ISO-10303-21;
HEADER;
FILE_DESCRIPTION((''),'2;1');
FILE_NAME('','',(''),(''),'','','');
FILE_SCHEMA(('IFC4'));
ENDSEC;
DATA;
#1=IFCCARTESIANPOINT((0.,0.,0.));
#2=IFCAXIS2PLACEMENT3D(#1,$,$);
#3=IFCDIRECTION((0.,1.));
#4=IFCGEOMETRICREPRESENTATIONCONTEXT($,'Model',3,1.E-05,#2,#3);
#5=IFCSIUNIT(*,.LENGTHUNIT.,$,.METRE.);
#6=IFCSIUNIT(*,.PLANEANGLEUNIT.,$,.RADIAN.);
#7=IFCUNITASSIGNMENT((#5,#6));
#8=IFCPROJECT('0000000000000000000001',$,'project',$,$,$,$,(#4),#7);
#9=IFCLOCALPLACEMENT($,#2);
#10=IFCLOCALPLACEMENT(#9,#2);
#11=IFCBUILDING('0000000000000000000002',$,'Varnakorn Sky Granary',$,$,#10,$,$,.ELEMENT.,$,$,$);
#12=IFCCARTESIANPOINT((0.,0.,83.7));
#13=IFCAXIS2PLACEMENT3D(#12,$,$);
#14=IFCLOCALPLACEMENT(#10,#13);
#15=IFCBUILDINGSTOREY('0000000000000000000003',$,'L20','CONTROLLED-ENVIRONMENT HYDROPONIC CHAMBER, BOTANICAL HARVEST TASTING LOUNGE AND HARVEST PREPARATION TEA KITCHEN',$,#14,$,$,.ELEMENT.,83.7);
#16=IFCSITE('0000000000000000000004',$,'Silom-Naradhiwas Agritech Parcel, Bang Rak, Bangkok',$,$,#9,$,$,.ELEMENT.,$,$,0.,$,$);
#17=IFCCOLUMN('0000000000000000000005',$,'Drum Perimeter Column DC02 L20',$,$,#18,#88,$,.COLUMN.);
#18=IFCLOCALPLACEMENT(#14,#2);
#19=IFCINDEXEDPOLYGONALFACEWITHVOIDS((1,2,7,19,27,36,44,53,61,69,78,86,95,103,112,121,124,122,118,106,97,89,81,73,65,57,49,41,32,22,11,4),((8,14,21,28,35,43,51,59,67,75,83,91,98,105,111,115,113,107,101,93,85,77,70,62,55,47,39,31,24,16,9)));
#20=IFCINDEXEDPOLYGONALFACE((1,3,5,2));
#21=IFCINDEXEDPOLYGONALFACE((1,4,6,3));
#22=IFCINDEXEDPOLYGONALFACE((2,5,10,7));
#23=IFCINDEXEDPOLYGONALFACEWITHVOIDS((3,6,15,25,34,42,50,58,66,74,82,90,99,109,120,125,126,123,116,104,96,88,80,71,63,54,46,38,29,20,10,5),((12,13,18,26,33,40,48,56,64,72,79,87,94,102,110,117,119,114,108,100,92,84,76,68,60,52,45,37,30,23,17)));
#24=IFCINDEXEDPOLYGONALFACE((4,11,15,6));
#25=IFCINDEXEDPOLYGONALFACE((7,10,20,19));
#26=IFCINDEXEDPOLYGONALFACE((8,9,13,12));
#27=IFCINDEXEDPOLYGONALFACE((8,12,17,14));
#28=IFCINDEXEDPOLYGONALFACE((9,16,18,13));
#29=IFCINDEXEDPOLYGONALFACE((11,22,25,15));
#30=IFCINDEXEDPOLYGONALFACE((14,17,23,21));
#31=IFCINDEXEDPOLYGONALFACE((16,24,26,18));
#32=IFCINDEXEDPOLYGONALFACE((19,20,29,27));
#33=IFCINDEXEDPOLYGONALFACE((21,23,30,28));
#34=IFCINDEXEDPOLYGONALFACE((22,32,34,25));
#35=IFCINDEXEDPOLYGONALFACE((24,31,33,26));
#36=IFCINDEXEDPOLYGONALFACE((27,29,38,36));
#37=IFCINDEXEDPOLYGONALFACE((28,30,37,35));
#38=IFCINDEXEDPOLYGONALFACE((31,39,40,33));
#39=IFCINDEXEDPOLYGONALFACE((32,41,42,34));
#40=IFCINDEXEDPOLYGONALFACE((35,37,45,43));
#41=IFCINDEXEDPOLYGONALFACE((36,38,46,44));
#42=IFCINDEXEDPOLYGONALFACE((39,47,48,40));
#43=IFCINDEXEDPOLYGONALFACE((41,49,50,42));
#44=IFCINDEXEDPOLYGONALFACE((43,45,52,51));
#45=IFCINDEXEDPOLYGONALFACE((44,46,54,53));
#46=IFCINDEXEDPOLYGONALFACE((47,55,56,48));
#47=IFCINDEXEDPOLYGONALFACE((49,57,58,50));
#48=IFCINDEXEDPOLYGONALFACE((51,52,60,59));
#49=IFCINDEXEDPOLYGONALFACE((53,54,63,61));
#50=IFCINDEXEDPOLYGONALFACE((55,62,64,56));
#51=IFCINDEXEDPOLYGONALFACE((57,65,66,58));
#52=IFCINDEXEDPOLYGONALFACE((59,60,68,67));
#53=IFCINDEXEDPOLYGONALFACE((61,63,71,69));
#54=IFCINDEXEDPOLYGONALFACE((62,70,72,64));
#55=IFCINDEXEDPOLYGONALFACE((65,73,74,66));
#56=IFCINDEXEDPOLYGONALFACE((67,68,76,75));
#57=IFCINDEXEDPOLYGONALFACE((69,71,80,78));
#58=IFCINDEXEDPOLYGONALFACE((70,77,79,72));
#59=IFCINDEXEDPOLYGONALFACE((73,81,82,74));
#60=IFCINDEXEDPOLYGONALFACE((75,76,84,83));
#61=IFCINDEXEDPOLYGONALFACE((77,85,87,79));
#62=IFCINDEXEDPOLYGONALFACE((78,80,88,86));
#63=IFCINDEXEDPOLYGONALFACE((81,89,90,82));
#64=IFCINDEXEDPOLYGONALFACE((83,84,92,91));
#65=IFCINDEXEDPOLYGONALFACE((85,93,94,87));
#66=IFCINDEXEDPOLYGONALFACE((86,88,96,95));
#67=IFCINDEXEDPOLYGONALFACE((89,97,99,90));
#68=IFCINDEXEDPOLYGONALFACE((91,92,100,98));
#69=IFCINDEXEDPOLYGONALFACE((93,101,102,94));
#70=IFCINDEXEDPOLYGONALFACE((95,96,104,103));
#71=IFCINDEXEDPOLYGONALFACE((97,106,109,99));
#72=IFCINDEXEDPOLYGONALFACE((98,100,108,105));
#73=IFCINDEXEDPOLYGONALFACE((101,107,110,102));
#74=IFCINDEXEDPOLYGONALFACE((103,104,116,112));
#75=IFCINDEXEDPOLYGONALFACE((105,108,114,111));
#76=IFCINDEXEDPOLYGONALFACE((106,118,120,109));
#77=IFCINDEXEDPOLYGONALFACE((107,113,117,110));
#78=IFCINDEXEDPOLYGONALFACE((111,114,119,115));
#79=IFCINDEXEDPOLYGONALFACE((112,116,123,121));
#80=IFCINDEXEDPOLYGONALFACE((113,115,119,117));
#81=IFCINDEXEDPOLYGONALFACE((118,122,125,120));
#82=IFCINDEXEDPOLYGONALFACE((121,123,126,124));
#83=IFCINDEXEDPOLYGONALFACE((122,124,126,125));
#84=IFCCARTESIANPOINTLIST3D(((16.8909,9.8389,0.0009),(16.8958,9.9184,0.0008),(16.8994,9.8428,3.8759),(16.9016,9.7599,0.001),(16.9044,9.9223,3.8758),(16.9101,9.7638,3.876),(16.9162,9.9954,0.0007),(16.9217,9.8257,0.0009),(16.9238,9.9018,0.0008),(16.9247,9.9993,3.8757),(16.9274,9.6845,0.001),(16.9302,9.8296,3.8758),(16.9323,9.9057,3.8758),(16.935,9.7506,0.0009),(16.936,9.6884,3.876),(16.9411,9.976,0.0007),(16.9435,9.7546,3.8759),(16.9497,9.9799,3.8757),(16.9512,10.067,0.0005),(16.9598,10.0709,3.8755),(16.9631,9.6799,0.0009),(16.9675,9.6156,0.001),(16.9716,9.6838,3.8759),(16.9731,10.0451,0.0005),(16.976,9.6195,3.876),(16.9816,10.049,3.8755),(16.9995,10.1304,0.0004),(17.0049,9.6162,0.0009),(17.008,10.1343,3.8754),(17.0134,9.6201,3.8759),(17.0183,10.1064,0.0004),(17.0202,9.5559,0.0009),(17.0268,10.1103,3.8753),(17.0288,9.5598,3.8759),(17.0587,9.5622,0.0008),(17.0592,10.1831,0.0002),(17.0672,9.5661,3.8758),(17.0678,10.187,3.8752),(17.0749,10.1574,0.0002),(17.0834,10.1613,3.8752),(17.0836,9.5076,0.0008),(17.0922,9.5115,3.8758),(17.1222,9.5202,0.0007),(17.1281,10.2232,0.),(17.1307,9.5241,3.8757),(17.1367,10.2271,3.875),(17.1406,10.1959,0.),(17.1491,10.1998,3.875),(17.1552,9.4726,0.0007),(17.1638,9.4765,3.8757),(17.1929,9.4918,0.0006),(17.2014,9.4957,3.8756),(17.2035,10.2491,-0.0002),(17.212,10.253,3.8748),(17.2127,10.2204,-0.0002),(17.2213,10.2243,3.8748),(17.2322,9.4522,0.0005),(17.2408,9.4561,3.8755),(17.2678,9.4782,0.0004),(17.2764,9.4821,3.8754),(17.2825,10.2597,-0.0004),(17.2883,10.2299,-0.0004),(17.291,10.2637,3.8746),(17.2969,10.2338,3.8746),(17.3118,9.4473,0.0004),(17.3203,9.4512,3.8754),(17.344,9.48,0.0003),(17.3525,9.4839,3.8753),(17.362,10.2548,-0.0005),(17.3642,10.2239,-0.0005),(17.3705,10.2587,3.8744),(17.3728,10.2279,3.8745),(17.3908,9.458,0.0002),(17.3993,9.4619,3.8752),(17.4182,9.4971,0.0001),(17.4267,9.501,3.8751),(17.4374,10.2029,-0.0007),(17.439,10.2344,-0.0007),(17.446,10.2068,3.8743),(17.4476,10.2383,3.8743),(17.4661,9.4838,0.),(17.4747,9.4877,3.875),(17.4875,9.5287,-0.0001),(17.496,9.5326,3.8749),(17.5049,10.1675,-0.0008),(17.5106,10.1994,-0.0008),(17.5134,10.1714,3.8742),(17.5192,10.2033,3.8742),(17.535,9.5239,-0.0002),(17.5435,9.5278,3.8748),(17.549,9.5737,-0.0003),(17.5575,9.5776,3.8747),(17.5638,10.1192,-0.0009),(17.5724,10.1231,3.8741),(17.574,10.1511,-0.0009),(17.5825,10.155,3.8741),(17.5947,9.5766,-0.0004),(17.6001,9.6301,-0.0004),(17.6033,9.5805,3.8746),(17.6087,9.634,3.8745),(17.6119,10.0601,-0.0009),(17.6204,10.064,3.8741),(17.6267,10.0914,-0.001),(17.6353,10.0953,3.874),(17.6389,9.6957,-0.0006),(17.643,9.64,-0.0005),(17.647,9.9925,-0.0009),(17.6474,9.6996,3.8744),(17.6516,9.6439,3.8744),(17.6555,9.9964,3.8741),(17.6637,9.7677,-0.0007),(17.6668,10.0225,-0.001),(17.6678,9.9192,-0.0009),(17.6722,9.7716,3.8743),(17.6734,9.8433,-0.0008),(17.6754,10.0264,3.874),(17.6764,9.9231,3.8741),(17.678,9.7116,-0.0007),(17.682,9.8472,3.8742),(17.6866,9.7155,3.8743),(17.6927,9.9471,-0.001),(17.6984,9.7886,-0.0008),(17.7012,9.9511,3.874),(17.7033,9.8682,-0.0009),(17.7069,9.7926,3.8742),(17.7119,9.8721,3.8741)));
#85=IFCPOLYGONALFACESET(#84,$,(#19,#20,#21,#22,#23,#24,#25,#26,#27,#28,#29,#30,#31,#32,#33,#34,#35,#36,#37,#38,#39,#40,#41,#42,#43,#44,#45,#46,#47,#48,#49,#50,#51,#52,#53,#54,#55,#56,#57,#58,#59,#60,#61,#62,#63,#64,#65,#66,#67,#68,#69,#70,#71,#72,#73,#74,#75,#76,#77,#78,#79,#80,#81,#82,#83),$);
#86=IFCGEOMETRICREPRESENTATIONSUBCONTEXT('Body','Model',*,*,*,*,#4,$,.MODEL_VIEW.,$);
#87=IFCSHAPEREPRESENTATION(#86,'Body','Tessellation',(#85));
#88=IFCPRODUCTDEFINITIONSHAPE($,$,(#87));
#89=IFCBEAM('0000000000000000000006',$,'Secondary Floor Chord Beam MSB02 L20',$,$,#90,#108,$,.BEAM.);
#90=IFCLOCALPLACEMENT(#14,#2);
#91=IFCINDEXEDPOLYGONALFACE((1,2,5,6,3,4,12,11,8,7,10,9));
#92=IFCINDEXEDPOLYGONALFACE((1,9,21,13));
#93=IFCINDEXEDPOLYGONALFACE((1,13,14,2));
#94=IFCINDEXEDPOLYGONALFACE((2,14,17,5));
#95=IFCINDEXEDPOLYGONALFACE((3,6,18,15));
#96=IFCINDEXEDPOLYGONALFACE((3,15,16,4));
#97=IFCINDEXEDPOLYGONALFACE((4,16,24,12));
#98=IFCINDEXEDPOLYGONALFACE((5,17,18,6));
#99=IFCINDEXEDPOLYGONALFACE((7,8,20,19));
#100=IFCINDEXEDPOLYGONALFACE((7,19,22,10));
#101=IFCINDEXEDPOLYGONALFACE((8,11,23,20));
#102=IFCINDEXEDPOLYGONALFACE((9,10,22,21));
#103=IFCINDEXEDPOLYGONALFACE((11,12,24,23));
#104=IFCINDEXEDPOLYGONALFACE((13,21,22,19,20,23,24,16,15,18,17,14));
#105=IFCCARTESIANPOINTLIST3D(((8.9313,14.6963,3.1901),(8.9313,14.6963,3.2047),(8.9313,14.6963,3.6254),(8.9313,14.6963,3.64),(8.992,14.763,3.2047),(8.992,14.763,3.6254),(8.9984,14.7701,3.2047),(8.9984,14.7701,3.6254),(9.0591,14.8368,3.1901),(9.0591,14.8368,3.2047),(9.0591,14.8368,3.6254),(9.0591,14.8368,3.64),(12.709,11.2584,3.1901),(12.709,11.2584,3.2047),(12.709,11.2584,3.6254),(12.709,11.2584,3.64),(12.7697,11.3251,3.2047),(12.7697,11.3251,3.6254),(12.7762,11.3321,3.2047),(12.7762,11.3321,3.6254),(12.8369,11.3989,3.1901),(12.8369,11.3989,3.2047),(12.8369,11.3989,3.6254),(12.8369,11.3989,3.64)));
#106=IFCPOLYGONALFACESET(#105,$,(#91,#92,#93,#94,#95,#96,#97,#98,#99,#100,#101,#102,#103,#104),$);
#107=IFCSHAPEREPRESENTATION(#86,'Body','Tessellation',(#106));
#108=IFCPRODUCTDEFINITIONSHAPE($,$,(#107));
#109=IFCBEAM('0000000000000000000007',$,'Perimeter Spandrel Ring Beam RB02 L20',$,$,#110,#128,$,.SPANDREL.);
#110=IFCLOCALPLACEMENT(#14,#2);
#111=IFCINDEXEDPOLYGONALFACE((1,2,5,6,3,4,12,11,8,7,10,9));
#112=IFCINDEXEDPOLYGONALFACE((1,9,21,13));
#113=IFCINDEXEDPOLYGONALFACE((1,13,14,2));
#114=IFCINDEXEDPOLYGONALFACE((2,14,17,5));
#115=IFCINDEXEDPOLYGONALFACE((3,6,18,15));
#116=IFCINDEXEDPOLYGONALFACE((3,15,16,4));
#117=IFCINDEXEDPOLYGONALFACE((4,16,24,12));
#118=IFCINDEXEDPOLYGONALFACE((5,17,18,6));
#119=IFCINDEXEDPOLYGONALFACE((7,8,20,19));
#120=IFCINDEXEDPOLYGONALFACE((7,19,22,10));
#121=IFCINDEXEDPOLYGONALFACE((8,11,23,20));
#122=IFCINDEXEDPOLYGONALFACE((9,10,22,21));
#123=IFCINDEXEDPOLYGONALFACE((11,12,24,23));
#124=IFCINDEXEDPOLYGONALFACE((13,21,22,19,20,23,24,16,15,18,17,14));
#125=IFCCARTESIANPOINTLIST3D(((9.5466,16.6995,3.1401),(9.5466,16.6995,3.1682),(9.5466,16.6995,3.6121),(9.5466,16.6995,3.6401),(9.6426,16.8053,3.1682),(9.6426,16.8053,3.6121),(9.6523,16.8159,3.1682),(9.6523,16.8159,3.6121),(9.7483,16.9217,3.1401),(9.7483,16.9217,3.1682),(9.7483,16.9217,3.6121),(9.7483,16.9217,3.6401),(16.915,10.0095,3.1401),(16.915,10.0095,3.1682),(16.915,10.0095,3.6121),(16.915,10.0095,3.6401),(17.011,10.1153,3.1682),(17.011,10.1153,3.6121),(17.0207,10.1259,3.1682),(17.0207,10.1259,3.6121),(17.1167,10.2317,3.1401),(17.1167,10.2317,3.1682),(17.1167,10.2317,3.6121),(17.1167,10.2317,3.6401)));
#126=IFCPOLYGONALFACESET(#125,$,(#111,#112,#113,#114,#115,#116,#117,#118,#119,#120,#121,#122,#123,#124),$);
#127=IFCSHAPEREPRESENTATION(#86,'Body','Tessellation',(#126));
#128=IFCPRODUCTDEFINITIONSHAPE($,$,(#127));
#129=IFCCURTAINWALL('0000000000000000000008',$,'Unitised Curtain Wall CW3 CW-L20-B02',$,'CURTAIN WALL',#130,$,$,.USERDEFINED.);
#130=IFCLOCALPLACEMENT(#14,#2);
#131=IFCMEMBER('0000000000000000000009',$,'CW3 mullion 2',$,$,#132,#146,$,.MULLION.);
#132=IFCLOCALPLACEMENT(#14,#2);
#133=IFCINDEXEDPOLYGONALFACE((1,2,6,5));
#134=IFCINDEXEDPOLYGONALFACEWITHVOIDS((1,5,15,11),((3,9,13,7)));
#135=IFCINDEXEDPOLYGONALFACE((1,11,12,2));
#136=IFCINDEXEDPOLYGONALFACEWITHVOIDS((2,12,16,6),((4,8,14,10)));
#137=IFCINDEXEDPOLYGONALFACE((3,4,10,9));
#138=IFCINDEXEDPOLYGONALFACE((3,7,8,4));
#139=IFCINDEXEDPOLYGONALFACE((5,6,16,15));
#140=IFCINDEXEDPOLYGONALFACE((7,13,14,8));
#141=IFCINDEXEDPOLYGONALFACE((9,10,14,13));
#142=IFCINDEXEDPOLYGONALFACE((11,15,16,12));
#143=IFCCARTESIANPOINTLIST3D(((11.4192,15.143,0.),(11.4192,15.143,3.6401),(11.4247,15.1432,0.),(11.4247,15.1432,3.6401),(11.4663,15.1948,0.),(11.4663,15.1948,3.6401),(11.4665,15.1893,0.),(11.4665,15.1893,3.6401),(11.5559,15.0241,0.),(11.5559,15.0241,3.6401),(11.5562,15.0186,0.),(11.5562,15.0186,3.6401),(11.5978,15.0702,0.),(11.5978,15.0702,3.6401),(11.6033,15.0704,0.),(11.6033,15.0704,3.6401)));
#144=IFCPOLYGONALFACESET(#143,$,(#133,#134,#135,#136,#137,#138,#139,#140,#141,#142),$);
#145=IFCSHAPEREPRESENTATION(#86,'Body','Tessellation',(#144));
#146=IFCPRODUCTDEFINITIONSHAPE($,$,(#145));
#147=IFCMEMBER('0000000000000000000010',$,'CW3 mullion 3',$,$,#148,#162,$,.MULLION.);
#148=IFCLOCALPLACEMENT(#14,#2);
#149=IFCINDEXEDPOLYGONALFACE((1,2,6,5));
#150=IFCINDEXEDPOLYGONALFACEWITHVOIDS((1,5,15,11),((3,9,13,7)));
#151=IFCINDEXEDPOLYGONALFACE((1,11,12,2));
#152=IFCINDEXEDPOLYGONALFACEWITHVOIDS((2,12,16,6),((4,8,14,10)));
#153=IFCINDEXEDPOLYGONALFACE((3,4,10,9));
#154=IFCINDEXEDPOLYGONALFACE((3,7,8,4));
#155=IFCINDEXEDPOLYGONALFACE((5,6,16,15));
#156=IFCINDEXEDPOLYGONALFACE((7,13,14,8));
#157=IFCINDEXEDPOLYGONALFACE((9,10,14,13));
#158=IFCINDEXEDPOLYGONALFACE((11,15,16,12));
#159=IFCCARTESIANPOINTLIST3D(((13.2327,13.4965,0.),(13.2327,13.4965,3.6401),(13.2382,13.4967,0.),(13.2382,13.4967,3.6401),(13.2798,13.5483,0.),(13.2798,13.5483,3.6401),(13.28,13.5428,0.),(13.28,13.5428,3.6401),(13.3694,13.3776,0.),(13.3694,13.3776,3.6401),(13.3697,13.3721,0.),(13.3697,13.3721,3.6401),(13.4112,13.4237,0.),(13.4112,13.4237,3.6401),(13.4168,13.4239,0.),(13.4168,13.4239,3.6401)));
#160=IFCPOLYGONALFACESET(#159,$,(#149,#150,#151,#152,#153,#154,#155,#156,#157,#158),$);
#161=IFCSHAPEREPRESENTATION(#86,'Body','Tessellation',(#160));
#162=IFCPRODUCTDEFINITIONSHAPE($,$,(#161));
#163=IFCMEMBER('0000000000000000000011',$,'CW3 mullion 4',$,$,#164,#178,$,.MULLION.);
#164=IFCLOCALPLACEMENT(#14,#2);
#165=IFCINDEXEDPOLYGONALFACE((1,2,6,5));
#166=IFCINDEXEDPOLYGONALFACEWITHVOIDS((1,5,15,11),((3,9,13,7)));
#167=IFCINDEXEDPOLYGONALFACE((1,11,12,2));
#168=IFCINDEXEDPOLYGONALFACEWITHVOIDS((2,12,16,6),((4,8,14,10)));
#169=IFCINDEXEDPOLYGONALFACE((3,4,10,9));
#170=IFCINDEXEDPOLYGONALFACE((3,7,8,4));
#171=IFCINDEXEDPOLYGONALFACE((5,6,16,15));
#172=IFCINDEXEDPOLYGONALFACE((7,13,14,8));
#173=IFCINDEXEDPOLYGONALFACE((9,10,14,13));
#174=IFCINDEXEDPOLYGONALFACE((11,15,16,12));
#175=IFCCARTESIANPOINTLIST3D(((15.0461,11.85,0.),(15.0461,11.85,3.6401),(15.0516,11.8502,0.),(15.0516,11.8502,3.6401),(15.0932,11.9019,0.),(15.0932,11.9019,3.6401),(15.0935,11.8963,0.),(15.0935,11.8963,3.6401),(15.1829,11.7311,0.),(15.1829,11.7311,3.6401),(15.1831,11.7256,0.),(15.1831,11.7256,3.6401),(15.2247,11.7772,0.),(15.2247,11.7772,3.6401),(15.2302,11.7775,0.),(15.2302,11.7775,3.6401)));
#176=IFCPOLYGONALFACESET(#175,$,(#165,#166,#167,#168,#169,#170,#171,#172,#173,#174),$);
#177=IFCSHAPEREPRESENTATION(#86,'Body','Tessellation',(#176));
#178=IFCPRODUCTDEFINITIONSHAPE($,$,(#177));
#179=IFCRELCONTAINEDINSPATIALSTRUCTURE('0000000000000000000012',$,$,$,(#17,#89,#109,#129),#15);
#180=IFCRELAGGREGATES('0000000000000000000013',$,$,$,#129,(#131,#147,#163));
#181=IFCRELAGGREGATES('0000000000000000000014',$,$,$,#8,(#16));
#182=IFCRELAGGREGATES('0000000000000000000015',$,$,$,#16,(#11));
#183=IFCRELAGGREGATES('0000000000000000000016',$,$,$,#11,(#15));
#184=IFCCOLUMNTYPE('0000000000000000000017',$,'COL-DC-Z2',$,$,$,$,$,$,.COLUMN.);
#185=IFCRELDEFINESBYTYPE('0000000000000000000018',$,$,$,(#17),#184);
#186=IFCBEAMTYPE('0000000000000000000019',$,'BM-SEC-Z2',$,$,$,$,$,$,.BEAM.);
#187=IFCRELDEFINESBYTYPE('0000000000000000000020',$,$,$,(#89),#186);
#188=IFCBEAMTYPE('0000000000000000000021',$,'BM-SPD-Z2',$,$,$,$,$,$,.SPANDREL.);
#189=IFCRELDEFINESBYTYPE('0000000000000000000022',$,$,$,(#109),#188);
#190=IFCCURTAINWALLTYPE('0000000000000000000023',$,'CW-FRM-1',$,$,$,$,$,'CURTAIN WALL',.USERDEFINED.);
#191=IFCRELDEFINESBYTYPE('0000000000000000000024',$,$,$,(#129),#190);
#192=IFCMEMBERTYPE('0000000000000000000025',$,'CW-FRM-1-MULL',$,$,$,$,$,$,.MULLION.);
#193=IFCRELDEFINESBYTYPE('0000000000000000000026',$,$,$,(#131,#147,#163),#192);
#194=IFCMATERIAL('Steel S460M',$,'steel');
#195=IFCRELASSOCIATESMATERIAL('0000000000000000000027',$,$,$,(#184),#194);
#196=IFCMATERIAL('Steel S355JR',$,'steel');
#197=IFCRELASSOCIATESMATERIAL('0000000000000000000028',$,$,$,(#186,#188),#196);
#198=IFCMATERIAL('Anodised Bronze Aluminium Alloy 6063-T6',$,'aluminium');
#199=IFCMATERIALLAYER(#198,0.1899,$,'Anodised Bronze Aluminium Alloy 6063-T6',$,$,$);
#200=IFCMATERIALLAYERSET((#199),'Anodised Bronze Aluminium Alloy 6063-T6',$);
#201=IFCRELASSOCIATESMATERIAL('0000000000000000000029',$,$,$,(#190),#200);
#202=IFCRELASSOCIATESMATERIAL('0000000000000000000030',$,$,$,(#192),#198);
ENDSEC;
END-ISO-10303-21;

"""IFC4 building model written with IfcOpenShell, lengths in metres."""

from ifc_helpers import new_model, si_unit, direction, frame, origin, origin_2d, place, context, subcontext, project, spatial, hollow_rectangle, hollow_circle, i_section, extrude, material, layer, layer_set, material_profile, profile_set, type_object, element, aggregate, save


model = new_model("IFC4")

# Units and contexts
model_context = context("Model", 3, precision=1e-05, world=origin(), true_north=direction((0.0, 1.0)))
body_context = subcontext(model_context, "Body", "Model", "MODEL_VIEW")
ifc_project = project(units=[si_unit("LENGTHUNIT", "METRE"), si_unit("PLANEANGLEUNIT", "RADIAN")], contexts=[model_context])

# Site, building, storey
site_placement = place(None, origin())
site = spatial("IfcSite", under=ifc_project, at=site_placement, Name="Silom-Naradhiwas Agritech Parcel, Bang Rak, Bangkok", CompositionType="ELEMENT", RefElevation=0.0)
building_placement = place(site_placement, origin())
building = spatial("IfcBuilding", under=site, at=building_placement, Name="Varnakorn Sky Granary", CompositionType="ELEMENT")
storey_placement = place(building_placement, frame((0.0, 0.0, 83.7)))
storey = spatial("IfcBuildingStorey", under=building, at=storey_placement, Name="L20", Description="CONTROLLED-ENVIRONMENT HYDROPONIC CHAMBER, BOTANICAL HARVEST TASTING LOUNGE AND HARVEST PREPARATION TEA KITCHEN", CompositionType="ELEMENT", Elevation=83.7)

# Column
ifc_material_1 = material(Name="Steel S460M", Category="steel")
ifc_material_profile_1 = material_profile(ifc_material_1, hollow_circle(Radius=0.4065, WallThickness=0.03, at=origin_2d()), Name="CHS 813x30")
ifc_profile_set_1 = profile_set([ifc_material_profile_1], Name="Steel S460M")
column_type = type_object("IfcColumnType", Name="COL-DC-Z2", PredefinedType="COLUMN", material=ifc_profile_set_1)
column_placement = place(storey_placement, frame((17.2971, 9.8535, 0.0), z_axis=(0.002205, 0.001008, 0.999997), x_axis=(-0.41576, 0.909474, 0.0)))
element("IfcColumn", 1, at=column_placement, inside=storey, type_object=column_type, Name="Drum Perimeter Column DC02 L20", PredefinedType="COLUMN", context=body_context, shape_type="SweptSolid", body=[
    extrude(hollow_circle(Radius=0.4065, WallThickness=0.03, at=origin_2d()), origin(), (0.0, 0.0, 1.0), 3.875),
])

# Beams
ifc_material_2 = material(Name="Steel S355JR", Category="steel")
ifc_material_profile_2 = material_profile(ifc_material_2, i_section(OverallWidth=0.1899, OverallDepth=0.45, WebThickness=0.0095, FlangeThickness=0.0146, at=origin_2d()), Name="IPE 450")
ifc_profile_set_2 = profile_set([ifc_material_profile_2], Name="Steel S355JR")
beam_type_1 = type_object("IfcBeamType", Name="BM-SEC-Z2", PredefinedType="BEAM", material=ifc_profile_set_2)
beam_1_placement = place(storey_placement, frame((12.7729, 11.3286, 3.415), z_axis=(-0.73959, 0.673058, 0.0), x_axis=(-0.673058, -0.73959, 0.0)))
element("IfcBeam", 2, at=beam_1_placement, inside=storey, type_object=beam_type_1, Name="Secondary Floor Chord Beam MSB02 L20", PredefinedType="BEAM", context=body_context, shape_type="SweptSolid", body=[
    extrude(i_section(OverallWidth=0.1899, OverallDepth=0.45, WebThickness=0.0095, FlangeThickness=0.0146, at=origin_2d()), origin(), (0.0, 0.0, 1.0), 5.1079),
])
ifc_material_profile_3 = material_profile(ifc_material_2, i_section(OverallWidth=0.3, OverallDepth=0.5, WebThickness=0.0144, FlangeThickness=0.0281, at=origin_2d()), Name="HE 500 B")
ifc_profile_set_3 = profile_set([ifc_material_profile_3], Name="Steel S355JR")
beam_type_2 = type_object("IfcBeamType", Name="BM-SPD-Z2", PredefinedType="SPANDREL", material=ifc_profile_set_3)
beam_2_placement = place(storey_placement, frame((17.0159, 10.1206, 3.3901), z_axis=(-0.740371, 0.672199, 0.0), x_axis=(-0.672199, -0.740371, 0.0)))
element("IfcBeam", 3, at=beam_2_placement, inside=storey, type_object=beam_type_2, Name="Perimeter Spandrel Ring Beam RB02 L20", PredefinedType="SPANDREL", context=body_context, shape_type="SweptSolid", body=[
    extrude(i_section(OverallWidth=0.3, OverallDepth=0.5, WebThickness=0.0144, FlangeThickness=0.0281, at=origin_2d()), origin(), (0.0, 0.0, 1.0), 9.9524),
])

# Curtain wall, members
ifc_material_3 = material(Name="Anodised Bronze Aluminium Alloy 6063-T6", Category="aluminium")
ifc_layer_1 = layer(ifc_material_3, 0.1899, Name="Anodised Bronze Aluminium Alloy 6063-T6")
ifc_layer_set_1 = layer_set([ifc_layer_1], Name="Anodised Bronze Aluminium Alloy 6063-T6")
curtain_wall_type = type_object("IfcCurtainWallType", Name="CW-FRM-1", ElementType="CURTAIN WALL", PredefinedType="USERDEFINED", material=ifc_layer_set_1)
curtain_wall_placement = place(storey_placement, origin())
curtain_wall = element("IfcCurtainWall", 4, at=curtain_wall_placement, inside=storey, type_object=curtain_wall_type, Name="Unitised Curtain Wall CW3 CW-L20-B02", ObjectType="CURTAIN WALL", PredefinedType="USERDEFINED")
ifc_material_profile_4 = material_profile(ifc_material_3, hollow_rectangle(XDim=0.0701, YDim=0.1851, WallThickness=0.0039, at=origin_2d()), Name="ALU MULL 70x185")
ifc_profile_set_4 = profile_set([ifc_material_profile_4], Name="Anodised Bronze Aluminium Alloy 6063-T6")
member_type_1 = type_object("IfcMemberType", Name="CW-FRM-1-MULL", PredefinedType="MULLION", material=ifc_profile_set_4)
member_1_placement = place(storey_placement, frame((11.5112, 15.1067, 0.0), z_axis=(0.0, 0.0, 1.0), x_axis=(0.672211, 0.74036, 0.0)))
member_1 = element("IfcMember", 5, at=member_1_placement, type_object=member_type_1, Name="CW3 mullion 2", PredefinedType="MULLION", context=body_context, shape_type="SweptSolid", body=[
    extrude(hollow_rectangle(XDim=0.0701, YDim=0.1851, WallThickness=0.0039, at=origin_2d()), origin(), (0.0, 0.0, 1.0), 3.6401),
])
member_2_placement = place(storey_placement, frame((13.3247, 13.4602, 0.0), z_axis=(0.0, 0.0, 1.0), x_axis=(0.672211, 0.74036, 0.0)))
member_2 = element("IfcMember", 6, at=member_2_placement, type_object=member_type_1, Name="CW3 mullion 3", PredefinedType="MULLION", context=body_context, shape_type="SweptSolid", body=[
    extrude(hollow_rectangle(XDim=0.0701, YDim=0.1851, WallThickness=0.0039, at=origin_2d()), origin(), (0.0, 0.0, 1.0), 3.6401),
])
member_3_placement = place(storey_placement, frame((15.1382, 11.8137, 0.0), z_axis=(0.0, 0.0, 1.0), x_axis=(0.672211, 0.74036, 0.0)))
member_3 = element("IfcMember", 7, at=member_3_placement, type_object=member_type_1, Name="CW3 mullion 4", PredefinedType="MULLION", context=body_context, shape_type="SweptSolid", body=[
    extrude(hollow_rectangle(XDim=0.0701, YDim=0.1851, WallThickness=0.0039, at=origin_2d()), origin(), (0.0, 0.0, 1.0), 3.6401),
])

aggregate(curtain_wall, [member_1, member_2, member_3])

save(model, "model.ifc")
